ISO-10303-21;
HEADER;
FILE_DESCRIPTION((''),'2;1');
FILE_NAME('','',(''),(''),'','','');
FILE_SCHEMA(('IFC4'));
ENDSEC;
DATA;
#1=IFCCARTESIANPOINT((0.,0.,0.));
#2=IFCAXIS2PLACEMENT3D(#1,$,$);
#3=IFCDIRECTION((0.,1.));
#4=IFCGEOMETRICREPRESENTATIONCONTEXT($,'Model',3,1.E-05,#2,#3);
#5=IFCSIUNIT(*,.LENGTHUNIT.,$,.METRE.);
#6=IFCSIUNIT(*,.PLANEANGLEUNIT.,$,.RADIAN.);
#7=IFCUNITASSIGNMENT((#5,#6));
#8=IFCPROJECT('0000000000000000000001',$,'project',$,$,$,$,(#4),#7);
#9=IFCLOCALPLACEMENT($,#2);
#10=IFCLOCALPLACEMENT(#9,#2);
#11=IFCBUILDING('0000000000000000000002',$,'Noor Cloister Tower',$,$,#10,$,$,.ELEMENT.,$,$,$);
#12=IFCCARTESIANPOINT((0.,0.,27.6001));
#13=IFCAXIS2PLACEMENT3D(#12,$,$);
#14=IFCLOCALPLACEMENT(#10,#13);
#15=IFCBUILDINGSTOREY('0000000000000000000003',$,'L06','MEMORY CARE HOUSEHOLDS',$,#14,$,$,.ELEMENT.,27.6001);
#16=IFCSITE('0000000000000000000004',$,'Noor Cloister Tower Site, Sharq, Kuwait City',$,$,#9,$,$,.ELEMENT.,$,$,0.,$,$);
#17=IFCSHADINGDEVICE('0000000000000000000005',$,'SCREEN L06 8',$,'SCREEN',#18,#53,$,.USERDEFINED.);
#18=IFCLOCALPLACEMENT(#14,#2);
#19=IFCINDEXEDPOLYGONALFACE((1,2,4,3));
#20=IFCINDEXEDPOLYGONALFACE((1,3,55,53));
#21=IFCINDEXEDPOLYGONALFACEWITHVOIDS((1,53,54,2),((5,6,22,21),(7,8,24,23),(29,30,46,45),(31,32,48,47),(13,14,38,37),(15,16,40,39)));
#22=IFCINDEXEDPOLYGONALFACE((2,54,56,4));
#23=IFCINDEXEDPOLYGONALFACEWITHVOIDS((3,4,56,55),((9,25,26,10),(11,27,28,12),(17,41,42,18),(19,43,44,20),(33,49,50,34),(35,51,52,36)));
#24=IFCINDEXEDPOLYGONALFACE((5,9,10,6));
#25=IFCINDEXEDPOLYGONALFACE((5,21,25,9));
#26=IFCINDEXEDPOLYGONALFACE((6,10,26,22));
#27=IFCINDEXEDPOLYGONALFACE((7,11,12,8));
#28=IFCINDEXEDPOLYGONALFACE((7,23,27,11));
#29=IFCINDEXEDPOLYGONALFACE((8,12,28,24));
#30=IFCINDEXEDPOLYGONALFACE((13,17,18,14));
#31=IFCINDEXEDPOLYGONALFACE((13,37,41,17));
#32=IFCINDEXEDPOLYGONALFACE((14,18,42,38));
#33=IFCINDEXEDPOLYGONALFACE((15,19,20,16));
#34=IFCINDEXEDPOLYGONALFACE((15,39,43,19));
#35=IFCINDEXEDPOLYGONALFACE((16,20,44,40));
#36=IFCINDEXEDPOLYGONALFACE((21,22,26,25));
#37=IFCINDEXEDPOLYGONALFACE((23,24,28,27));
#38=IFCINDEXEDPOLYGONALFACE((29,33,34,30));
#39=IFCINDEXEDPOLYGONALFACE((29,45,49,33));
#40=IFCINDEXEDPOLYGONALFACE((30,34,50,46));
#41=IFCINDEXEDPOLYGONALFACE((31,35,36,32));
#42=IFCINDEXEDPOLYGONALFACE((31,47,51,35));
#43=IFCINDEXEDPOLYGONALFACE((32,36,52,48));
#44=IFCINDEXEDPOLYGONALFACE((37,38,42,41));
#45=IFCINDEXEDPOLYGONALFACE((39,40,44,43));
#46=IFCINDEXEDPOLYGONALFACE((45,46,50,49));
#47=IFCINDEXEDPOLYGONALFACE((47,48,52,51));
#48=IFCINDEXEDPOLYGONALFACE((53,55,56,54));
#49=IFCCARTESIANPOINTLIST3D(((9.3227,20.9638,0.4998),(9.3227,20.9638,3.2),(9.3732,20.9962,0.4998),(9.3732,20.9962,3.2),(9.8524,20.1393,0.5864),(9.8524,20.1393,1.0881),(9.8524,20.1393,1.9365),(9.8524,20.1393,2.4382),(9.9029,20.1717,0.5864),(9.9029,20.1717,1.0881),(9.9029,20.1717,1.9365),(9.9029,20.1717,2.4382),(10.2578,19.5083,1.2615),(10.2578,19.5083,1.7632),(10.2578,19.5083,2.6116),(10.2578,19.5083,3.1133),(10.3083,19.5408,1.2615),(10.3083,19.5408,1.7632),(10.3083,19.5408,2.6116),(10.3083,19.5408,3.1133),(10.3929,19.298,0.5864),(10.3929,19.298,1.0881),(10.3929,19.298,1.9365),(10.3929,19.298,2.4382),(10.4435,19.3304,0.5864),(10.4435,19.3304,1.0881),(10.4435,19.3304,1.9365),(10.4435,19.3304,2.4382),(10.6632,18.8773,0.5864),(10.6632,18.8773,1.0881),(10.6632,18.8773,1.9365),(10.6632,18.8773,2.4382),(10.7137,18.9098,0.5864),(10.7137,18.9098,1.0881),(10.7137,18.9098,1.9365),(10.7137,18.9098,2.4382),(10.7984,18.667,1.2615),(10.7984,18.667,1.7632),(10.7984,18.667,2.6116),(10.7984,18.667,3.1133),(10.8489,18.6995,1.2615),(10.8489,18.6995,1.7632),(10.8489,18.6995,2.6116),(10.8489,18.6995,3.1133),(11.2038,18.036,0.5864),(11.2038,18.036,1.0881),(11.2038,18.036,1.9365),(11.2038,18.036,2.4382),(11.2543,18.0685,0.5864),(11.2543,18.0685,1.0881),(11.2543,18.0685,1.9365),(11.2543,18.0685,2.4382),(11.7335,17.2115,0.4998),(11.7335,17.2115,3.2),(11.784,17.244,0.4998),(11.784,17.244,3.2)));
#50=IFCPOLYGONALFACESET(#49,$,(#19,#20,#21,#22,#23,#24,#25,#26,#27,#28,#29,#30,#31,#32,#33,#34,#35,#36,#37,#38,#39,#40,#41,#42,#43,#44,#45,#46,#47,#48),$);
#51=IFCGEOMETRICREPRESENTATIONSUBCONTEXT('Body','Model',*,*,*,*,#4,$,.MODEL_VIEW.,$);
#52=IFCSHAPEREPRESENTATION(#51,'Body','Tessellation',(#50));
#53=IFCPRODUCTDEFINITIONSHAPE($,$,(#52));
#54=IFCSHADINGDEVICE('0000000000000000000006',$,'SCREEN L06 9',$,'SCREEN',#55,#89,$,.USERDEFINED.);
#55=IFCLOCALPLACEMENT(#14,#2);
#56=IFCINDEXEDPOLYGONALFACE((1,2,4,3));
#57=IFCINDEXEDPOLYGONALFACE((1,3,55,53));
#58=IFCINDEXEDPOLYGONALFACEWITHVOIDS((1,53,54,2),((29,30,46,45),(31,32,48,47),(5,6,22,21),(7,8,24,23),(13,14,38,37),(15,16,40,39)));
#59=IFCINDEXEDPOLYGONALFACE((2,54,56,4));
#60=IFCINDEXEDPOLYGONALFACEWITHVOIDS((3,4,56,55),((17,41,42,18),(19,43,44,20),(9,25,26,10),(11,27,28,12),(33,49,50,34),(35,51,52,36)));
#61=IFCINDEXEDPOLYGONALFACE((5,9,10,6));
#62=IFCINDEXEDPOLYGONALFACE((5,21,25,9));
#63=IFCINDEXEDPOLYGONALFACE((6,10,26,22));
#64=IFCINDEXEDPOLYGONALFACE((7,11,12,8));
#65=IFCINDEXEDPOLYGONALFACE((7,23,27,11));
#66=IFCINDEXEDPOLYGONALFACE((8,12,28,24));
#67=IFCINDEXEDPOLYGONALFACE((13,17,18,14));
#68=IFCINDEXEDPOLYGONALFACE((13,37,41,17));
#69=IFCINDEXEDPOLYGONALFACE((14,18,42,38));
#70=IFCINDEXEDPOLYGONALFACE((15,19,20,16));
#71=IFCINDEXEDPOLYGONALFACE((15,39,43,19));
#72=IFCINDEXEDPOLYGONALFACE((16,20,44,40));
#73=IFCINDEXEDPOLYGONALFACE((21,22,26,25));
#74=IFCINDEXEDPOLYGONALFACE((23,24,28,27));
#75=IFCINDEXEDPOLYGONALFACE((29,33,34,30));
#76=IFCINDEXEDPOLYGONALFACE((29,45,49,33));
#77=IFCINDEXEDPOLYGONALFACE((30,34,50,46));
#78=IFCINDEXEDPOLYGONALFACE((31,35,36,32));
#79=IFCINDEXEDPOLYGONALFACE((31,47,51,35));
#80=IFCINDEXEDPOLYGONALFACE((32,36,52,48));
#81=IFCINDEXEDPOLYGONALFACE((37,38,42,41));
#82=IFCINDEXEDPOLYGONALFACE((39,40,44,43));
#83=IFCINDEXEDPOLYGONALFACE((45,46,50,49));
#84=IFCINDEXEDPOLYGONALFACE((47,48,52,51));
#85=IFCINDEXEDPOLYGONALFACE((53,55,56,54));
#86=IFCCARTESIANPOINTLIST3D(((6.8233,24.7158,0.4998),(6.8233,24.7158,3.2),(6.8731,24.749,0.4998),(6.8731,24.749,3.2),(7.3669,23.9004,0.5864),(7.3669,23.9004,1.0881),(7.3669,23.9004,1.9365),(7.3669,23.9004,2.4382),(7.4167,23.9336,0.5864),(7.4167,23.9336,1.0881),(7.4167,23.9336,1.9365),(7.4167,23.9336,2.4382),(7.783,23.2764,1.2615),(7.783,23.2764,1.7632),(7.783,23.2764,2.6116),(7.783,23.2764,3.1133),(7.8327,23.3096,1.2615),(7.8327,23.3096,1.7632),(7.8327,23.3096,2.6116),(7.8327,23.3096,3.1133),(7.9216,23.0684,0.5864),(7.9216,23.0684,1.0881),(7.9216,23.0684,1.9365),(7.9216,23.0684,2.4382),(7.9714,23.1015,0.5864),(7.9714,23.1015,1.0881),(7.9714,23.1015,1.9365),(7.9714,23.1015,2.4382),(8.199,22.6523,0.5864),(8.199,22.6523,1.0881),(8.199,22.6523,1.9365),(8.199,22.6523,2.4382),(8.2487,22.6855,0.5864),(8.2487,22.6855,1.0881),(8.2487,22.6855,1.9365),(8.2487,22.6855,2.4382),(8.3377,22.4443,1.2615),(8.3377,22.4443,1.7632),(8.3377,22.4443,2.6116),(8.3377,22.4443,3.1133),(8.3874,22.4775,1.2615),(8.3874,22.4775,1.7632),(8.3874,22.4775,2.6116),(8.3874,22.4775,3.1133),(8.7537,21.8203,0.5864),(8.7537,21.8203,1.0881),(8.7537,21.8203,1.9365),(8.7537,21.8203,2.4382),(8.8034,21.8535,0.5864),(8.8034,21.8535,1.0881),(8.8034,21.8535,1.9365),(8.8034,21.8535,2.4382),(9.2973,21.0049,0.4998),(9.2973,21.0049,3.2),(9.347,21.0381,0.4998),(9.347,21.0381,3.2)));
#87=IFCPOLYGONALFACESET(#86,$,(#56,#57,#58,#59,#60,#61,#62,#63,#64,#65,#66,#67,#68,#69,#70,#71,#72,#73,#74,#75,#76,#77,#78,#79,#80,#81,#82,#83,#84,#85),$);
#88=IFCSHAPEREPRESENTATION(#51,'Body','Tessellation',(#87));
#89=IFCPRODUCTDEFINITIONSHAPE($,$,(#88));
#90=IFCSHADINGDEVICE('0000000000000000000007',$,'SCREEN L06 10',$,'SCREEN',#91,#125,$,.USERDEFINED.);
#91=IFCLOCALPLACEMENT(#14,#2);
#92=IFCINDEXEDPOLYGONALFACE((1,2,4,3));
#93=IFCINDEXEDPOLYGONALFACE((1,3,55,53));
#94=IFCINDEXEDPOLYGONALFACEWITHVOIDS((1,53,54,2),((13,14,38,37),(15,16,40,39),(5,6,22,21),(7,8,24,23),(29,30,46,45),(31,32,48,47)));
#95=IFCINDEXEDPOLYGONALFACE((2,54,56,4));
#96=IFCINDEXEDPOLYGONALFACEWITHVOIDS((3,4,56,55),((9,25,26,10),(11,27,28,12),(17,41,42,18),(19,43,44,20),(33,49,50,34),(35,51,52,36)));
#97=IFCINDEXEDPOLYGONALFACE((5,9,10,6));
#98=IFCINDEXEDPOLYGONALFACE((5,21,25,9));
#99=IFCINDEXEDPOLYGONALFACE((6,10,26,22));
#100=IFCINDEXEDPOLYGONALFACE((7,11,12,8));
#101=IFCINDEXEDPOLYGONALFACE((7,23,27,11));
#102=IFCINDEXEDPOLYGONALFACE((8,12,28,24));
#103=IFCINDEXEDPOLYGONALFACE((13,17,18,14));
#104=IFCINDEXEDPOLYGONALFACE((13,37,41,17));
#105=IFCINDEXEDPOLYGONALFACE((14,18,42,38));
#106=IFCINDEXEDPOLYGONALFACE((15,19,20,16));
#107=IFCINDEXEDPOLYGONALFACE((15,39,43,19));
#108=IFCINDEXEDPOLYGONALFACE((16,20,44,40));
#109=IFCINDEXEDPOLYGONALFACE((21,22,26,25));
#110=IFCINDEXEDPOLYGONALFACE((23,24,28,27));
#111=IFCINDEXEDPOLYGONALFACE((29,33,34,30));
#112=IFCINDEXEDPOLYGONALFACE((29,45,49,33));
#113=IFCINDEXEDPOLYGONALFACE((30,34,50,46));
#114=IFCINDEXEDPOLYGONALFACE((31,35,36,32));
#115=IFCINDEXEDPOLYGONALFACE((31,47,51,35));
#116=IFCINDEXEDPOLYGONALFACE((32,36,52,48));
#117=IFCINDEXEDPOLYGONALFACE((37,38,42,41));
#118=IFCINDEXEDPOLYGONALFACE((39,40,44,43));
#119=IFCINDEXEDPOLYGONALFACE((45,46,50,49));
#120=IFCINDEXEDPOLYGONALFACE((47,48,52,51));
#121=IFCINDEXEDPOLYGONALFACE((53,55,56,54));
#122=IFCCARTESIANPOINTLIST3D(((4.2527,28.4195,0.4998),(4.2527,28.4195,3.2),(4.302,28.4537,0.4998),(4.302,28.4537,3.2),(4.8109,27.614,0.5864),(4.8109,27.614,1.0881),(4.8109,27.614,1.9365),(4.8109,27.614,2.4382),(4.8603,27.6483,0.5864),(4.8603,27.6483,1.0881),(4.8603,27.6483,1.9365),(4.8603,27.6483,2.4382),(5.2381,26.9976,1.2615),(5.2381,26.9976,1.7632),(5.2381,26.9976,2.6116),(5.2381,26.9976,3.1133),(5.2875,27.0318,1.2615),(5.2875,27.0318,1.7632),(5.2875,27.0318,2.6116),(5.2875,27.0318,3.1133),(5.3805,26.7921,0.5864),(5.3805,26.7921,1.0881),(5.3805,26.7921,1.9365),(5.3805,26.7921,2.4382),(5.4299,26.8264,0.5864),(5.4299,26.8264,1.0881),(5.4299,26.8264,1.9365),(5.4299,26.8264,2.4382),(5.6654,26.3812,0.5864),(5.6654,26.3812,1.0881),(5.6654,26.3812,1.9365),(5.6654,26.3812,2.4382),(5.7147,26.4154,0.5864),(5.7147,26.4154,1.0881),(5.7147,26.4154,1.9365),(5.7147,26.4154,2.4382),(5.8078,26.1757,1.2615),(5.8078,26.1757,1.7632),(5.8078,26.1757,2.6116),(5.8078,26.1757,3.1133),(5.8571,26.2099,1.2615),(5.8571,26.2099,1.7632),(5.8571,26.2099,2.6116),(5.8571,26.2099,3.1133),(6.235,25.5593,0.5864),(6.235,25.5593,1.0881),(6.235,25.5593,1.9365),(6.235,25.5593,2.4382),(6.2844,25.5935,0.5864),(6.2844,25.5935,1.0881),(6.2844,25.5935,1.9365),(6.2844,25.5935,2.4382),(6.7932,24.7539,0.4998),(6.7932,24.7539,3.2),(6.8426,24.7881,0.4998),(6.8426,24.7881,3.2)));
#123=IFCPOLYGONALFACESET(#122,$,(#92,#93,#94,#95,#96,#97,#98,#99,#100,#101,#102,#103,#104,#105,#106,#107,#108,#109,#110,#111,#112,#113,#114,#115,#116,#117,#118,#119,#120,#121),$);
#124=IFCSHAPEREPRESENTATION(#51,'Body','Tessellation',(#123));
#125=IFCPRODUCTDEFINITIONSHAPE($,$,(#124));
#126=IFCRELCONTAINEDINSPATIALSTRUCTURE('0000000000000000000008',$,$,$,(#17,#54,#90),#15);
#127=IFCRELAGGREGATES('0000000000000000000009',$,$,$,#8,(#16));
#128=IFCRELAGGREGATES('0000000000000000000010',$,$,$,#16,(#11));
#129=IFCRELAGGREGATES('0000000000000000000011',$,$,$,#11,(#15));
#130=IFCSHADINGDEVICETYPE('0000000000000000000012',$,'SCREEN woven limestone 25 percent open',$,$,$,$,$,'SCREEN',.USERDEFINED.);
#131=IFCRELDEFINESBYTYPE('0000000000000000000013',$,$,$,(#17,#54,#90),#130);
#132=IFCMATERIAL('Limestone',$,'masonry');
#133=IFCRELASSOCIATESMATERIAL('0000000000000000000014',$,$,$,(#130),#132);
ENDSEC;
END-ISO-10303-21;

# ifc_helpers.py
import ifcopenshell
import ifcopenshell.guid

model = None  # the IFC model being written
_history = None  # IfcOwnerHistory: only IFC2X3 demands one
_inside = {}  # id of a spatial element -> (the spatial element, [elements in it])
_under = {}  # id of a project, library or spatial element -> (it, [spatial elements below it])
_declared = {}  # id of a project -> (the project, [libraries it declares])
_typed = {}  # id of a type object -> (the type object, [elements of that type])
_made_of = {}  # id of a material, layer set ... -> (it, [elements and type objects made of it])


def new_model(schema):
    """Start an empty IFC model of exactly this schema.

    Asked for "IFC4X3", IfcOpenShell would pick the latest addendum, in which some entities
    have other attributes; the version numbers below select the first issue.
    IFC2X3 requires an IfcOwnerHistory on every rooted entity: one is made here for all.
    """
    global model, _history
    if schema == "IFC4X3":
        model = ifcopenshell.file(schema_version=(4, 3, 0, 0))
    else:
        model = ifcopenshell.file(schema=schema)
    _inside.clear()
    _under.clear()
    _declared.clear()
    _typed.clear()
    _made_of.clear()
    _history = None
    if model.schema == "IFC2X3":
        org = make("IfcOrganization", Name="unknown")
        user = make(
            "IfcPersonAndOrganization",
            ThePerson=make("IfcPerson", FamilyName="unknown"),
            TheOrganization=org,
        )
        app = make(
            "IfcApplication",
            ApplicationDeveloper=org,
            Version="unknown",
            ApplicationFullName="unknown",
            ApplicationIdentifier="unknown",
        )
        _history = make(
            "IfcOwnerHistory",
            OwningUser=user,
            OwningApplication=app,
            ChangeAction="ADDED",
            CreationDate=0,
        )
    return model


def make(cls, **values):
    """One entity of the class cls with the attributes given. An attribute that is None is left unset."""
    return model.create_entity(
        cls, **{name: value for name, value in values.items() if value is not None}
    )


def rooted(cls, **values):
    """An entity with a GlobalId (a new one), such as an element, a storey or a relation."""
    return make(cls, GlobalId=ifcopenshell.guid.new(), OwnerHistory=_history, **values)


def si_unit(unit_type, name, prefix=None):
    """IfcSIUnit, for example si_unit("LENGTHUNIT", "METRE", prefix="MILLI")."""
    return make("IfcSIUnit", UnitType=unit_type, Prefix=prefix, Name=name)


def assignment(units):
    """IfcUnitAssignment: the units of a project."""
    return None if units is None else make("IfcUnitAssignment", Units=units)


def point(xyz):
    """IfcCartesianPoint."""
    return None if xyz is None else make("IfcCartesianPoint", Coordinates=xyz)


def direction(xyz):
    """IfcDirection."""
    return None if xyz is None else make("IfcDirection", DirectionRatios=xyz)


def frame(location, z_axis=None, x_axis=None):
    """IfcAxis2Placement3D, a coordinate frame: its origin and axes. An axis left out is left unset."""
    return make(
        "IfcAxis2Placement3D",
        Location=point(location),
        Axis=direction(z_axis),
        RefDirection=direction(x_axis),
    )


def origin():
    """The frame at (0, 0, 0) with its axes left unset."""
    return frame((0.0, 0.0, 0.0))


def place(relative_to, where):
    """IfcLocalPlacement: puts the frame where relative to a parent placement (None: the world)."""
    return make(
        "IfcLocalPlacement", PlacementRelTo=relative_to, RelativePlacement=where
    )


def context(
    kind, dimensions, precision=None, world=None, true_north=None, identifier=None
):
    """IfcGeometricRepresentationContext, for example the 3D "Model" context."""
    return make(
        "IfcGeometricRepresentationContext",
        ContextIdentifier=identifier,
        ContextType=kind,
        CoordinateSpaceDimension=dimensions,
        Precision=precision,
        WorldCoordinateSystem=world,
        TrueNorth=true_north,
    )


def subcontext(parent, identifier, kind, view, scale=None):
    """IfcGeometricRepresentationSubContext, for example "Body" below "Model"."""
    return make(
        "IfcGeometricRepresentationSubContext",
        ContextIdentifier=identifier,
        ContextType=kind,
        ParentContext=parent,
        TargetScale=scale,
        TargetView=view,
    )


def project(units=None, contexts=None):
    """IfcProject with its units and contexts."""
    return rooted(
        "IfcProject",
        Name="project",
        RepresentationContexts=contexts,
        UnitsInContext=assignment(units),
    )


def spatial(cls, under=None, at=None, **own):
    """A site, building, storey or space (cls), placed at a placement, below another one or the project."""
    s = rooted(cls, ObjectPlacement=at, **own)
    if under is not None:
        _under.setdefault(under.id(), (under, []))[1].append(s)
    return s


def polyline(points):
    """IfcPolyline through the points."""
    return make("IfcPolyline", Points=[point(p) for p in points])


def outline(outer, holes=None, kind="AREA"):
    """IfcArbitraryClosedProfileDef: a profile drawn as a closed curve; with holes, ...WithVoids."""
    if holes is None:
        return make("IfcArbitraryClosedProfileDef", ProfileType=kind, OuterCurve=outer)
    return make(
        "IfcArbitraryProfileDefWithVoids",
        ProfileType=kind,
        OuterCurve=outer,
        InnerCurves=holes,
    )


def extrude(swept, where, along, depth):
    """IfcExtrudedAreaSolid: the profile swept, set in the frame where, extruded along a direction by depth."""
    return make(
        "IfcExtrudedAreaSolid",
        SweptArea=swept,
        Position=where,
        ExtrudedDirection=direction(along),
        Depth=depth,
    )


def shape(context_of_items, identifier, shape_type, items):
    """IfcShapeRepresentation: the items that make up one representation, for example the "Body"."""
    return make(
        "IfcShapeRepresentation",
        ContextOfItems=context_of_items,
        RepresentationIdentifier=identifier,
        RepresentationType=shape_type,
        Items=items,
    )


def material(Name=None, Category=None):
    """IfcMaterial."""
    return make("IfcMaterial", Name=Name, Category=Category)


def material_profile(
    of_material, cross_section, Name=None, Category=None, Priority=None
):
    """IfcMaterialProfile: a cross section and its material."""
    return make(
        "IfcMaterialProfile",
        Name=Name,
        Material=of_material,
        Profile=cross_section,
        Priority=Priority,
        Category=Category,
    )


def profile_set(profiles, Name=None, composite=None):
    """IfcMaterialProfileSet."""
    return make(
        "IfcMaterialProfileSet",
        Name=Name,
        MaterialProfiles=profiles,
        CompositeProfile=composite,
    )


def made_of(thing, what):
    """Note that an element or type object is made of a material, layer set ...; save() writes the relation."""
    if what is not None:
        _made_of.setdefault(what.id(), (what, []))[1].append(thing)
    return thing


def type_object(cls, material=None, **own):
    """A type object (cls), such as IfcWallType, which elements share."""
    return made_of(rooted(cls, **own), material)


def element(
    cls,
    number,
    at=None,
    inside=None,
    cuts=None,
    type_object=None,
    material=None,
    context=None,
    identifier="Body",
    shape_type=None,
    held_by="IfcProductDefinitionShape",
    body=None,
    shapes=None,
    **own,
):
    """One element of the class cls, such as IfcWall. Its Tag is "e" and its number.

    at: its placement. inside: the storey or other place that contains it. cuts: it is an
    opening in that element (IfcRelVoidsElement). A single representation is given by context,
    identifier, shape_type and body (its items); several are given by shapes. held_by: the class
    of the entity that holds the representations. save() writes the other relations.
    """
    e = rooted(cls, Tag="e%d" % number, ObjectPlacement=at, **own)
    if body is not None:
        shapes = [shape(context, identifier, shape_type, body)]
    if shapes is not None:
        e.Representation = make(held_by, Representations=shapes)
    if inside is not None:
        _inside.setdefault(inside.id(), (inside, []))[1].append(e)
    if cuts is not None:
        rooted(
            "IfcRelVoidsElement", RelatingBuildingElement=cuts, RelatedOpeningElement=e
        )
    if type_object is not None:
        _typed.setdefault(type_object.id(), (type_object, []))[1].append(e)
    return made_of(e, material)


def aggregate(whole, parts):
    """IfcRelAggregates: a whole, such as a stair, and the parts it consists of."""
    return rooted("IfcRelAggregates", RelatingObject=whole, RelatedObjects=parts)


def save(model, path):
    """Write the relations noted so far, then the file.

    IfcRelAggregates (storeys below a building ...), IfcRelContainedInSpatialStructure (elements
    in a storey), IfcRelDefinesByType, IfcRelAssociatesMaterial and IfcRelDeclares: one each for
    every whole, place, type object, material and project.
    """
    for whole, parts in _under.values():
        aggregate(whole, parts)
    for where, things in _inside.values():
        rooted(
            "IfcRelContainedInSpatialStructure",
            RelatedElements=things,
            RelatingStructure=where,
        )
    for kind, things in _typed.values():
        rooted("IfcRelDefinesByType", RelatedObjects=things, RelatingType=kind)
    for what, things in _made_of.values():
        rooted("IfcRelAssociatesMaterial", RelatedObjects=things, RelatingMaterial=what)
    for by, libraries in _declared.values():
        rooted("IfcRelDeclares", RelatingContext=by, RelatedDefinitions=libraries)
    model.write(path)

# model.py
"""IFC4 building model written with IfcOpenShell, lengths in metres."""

from ifc_helpers import new_model, si_unit, direction, frame, origin, place, context, subcontext, project, spatial, polyline, outline, extrude, material, material_profile, profile_set, type_object, element, save


model = new_model("IFC4")

# Units and contexts
model_context = context("Model", 3, precision=1e-05, world=origin(), true_north=direction((0.0, 1.0)))
body_context = subcontext(model_context, "Body", "Model", "MODEL_VIEW")
ifc_project = project(units=[si_unit("LENGTHUNIT", "METRE"), si_unit("PLANEANGLEUNIT", "RADIAN")], contexts=[model_context])

# Site, building, storey
site_placement = place(None, origin())
site = spatial("IfcSite", under=ifc_project, at=site_placement, Name="Noor Cloister Tower Site, Sharq, Kuwait City", CompositionType="ELEMENT", RefElevation=0.0)
building_placement = place(site_placement, origin())
building = spatial("IfcBuilding", under=site, at=building_placement, Name="Noor Cloister Tower", CompositionType="ELEMENT")
storey_placement = place(building_placement, frame((0.0, 0.0, 27.6001)))
storey = spatial("IfcBuildingStorey", under=building, at=storey_placement, Name="L06", Description="MEMORY CARE HOUSEHOLDS", CompositionType="ELEMENT", Elevation=27.6001)

# Shading devices
ifc_material_1 = material(Name="Limestone", Category="masonry")
ifc_material_profile_1 = material_profile(ifc_material_1, outline(polyline([(-2.23, -1.3501), (2.23, -1.3501), (2.23, 1.3501), (-2.23, 1.3501), (-2.23, -1.3501)]), holes=[polyline([(-1.25, -1.2634), (-0.25, -1.2634), (-0.25, -0.7617), (-1.25, -0.7617), (-1.25, -1.2634)]), polyline([(0.25, -1.2634), (1.25, -1.2634), (1.25, -0.7617), (0.25, -0.7617), (0.25, -1.2634)]), polyline([(-0.5, -0.5884), (0.5, -0.5884), (0.5, -0.0867), (-0.5, -0.0867), (-0.5, -0.5884)]), polyline([(-1.25, 0.0867), (-0.25, 0.0867), (-0.25, 0.5884), (-1.25, 0.5884), (-1.25, 0.0867)]), polyline([(0.25, 0.0867), (1.25, 0.0867), (1.25, 0.5884), (0.25, 0.5884), (0.25, 0.0867)]), polyline([(-0.5, 0.7617), (0.5, 0.7617), (0.5, 1.2634), (-0.5, 1.2634), (-0.5, 0.7617)])]), Name="Woven screen 25 percent open")
ifc_profile_set_1 = profile_set([ifc_material_profile_1], Name="Limestone")
shading_device_type = type_object("IfcShadingDeviceType", Name="SCREEN woven limestone 25 percent open", ElementType="SCREEN", PredefinedType="USERDEFINED", material=ifc_profile_set_1)
shading_device_1_placement = place(storey_placement, frame((10.5281, 19.0876, 1.8499), z_axis=(0.841311, 0.540552, 0.0), x_axis=(-0.540552, 0.841311, 0.0)))
element("IfcShadingDevice", 1, at=shading_device_1_placement, inside=storey, type_object=shading_device_type, Name="SCREEN L06 8", ObjectType="SCREEN", PredefinedType="USERDEFINED", context=body_context, shape_type="SweptSolid", body=[
    extrude(outline(polyline([(-2.23, -1.3501), (2.23, -1.3501), (2.23, 1.3501), (-2.23, 1.3501), (-2.23, -1.3501)]), holes=[polyline([(-1.25, -1.2634), (-0.25, -1.2634), (-0.25, -0.7617), (-1.25, -0.7617), (-1.25, -1.2634)]), polyline([(0.25, -1.2634), (1.25, -1.2634), (1.25, -0.7617), (0.25, -0.7617), (0.25, -1.2634)]), polyline([(-0.5, -0.5884), (0.5, -0.5884), (0.5, -0.0867), (-0.5, -0.0867), (-0.5, -0.5884)]), polyline([(-1.25, 0.0867), (-0.25, 0.0867), (-0.25, 0.5884), (-1.25, 0.5884), (-1.25, 0.0867)]), polyline([(0.25, 0.0867), (1.25, 0.0867), (1.25, 0.5884), (0.25, 0.5884), (0.25, 0.0867)]), polyline([(-0.5, 0.7617), (0.5, 0.7617), (0.5, 1.2634), (-0.5, 1.2634), (-0.5, 0.7617)])]), origin(), (0.0, 0.0, 1.0), 0.0601),
])
shading_device_2_placement = place(storey_placement, frame((8.0603, 22.8604, 1.8499), z_axis=(0.83205, 0.5547, 0.0), x_axis=(-0.5547, 0.83205, 0.0)))
element("IfcShadingDevice", 2, at=shading_device_2_placement, inside=storey, type_object=shading_device_type, Name="SCREEN L06 9", ObjectType="SCREEN", PredefinedType="USERDEFINED", context=body_context, shape_type="SweptSolid", body=[
    extrude(outline(polyline([(-2.23, -1.3501), (2.23, -1.3501), (2.23, 1.3501), (-2.23, 1.3501), (-2.23, -1.3501)]), holes=[polyline([(-1.25, -1.2634), (-0.25, -1.2634), (-0.25, -0.7617), (-1.25, -0.7617), (-1.25, -1.2634)]), polyline([(0.25, -1.2634), (1.25, -1.2634), (1.25, -0.7617), (0.25, -0.7617), (0.25, -1.2634)]), polyline([(-0.5, -0.5884), (0.5, -0.5884), (0.5, -0.0867), (-0.5, -0.0867), (-0.5, -0.5884)]), polyline([(-1.25, 0.0867), (-0.25, 0.0867), (-0.25, 0.5884), (-1.25, 0.5884), (-1.25, 0.0867)]), polyline([(0.25, 0.0867), (1.25, 0.0867), (1.25, 0.5884), (0.25, 0.5884), (0.25, 0.0867)]), polyline([(-0.5, 0.7617), (0.5, 0.7617), (0.5, 1.2634), (-0.5, 1.2634), (-0.5, 0.7617)])]), origin(), (0.0, 0.0, 1.0), 0.0598),
])
shading_device_3_placement = place(storey_placement, frame((5.5229, 26.5867, 1.8499), z_axis=(0.821899, 0.569633, 0.0), x_axis=(-0.569633, 0.821899, 0.0)))
element("IfcShadingDevice", 3, at=shading_device_3_placement, inside=storey, type_object=shading_device_type, Name="SCREEN L06 10", ObjectType="SCREEN", PredefinedType="USERDEFINED", context=body_context, shape_type="SweptSolid", body=[
    extrude(outline(polyline([(-2.23, -1.3501), (2.23, -1.3501), (2.23, 1.3501), (-2.23, 1.3501), (-2.23, -1.3501)]), holes=[polyline([(-1.25, -1.2634), (-0.25, -1.2634), (-0.25, -0.7617), (-1.25, -0.7617), (-1.25, -1.2634)]), polyline([(0.25, -1.2634), (1.25, -1.2634), (1.25, -0.7617), (0.25, -0.7617), (0.25, -1.2634)]), polyline([(-0.5, -0.5884), (0.5, -0.5884), (0.5, -0.0867), (-0.5, -0.0867), (-0.5, -0.5884)]), polyline([(-1.25, 0.0867), (-0.25, 0.0867), (-0.25, 0.5884), (-1.25, 0.5884), (-1.25, 0.0867)]), polyline([(0.25, 0.0867), (1.25, 0.0867), (1.25, 0.5884), (0.25, 0.5884), (0.25, 0.0867)]), polyline([(-0.5, 0.7617), (0.5, 0.7617), (0.5, 1.2634), (-0.5, 1.2634), (-0.5, 0.7617)])]), origin(), (0.0, 0.0, 1.0), 0.0601),
])

save(model, "model.ifc")
